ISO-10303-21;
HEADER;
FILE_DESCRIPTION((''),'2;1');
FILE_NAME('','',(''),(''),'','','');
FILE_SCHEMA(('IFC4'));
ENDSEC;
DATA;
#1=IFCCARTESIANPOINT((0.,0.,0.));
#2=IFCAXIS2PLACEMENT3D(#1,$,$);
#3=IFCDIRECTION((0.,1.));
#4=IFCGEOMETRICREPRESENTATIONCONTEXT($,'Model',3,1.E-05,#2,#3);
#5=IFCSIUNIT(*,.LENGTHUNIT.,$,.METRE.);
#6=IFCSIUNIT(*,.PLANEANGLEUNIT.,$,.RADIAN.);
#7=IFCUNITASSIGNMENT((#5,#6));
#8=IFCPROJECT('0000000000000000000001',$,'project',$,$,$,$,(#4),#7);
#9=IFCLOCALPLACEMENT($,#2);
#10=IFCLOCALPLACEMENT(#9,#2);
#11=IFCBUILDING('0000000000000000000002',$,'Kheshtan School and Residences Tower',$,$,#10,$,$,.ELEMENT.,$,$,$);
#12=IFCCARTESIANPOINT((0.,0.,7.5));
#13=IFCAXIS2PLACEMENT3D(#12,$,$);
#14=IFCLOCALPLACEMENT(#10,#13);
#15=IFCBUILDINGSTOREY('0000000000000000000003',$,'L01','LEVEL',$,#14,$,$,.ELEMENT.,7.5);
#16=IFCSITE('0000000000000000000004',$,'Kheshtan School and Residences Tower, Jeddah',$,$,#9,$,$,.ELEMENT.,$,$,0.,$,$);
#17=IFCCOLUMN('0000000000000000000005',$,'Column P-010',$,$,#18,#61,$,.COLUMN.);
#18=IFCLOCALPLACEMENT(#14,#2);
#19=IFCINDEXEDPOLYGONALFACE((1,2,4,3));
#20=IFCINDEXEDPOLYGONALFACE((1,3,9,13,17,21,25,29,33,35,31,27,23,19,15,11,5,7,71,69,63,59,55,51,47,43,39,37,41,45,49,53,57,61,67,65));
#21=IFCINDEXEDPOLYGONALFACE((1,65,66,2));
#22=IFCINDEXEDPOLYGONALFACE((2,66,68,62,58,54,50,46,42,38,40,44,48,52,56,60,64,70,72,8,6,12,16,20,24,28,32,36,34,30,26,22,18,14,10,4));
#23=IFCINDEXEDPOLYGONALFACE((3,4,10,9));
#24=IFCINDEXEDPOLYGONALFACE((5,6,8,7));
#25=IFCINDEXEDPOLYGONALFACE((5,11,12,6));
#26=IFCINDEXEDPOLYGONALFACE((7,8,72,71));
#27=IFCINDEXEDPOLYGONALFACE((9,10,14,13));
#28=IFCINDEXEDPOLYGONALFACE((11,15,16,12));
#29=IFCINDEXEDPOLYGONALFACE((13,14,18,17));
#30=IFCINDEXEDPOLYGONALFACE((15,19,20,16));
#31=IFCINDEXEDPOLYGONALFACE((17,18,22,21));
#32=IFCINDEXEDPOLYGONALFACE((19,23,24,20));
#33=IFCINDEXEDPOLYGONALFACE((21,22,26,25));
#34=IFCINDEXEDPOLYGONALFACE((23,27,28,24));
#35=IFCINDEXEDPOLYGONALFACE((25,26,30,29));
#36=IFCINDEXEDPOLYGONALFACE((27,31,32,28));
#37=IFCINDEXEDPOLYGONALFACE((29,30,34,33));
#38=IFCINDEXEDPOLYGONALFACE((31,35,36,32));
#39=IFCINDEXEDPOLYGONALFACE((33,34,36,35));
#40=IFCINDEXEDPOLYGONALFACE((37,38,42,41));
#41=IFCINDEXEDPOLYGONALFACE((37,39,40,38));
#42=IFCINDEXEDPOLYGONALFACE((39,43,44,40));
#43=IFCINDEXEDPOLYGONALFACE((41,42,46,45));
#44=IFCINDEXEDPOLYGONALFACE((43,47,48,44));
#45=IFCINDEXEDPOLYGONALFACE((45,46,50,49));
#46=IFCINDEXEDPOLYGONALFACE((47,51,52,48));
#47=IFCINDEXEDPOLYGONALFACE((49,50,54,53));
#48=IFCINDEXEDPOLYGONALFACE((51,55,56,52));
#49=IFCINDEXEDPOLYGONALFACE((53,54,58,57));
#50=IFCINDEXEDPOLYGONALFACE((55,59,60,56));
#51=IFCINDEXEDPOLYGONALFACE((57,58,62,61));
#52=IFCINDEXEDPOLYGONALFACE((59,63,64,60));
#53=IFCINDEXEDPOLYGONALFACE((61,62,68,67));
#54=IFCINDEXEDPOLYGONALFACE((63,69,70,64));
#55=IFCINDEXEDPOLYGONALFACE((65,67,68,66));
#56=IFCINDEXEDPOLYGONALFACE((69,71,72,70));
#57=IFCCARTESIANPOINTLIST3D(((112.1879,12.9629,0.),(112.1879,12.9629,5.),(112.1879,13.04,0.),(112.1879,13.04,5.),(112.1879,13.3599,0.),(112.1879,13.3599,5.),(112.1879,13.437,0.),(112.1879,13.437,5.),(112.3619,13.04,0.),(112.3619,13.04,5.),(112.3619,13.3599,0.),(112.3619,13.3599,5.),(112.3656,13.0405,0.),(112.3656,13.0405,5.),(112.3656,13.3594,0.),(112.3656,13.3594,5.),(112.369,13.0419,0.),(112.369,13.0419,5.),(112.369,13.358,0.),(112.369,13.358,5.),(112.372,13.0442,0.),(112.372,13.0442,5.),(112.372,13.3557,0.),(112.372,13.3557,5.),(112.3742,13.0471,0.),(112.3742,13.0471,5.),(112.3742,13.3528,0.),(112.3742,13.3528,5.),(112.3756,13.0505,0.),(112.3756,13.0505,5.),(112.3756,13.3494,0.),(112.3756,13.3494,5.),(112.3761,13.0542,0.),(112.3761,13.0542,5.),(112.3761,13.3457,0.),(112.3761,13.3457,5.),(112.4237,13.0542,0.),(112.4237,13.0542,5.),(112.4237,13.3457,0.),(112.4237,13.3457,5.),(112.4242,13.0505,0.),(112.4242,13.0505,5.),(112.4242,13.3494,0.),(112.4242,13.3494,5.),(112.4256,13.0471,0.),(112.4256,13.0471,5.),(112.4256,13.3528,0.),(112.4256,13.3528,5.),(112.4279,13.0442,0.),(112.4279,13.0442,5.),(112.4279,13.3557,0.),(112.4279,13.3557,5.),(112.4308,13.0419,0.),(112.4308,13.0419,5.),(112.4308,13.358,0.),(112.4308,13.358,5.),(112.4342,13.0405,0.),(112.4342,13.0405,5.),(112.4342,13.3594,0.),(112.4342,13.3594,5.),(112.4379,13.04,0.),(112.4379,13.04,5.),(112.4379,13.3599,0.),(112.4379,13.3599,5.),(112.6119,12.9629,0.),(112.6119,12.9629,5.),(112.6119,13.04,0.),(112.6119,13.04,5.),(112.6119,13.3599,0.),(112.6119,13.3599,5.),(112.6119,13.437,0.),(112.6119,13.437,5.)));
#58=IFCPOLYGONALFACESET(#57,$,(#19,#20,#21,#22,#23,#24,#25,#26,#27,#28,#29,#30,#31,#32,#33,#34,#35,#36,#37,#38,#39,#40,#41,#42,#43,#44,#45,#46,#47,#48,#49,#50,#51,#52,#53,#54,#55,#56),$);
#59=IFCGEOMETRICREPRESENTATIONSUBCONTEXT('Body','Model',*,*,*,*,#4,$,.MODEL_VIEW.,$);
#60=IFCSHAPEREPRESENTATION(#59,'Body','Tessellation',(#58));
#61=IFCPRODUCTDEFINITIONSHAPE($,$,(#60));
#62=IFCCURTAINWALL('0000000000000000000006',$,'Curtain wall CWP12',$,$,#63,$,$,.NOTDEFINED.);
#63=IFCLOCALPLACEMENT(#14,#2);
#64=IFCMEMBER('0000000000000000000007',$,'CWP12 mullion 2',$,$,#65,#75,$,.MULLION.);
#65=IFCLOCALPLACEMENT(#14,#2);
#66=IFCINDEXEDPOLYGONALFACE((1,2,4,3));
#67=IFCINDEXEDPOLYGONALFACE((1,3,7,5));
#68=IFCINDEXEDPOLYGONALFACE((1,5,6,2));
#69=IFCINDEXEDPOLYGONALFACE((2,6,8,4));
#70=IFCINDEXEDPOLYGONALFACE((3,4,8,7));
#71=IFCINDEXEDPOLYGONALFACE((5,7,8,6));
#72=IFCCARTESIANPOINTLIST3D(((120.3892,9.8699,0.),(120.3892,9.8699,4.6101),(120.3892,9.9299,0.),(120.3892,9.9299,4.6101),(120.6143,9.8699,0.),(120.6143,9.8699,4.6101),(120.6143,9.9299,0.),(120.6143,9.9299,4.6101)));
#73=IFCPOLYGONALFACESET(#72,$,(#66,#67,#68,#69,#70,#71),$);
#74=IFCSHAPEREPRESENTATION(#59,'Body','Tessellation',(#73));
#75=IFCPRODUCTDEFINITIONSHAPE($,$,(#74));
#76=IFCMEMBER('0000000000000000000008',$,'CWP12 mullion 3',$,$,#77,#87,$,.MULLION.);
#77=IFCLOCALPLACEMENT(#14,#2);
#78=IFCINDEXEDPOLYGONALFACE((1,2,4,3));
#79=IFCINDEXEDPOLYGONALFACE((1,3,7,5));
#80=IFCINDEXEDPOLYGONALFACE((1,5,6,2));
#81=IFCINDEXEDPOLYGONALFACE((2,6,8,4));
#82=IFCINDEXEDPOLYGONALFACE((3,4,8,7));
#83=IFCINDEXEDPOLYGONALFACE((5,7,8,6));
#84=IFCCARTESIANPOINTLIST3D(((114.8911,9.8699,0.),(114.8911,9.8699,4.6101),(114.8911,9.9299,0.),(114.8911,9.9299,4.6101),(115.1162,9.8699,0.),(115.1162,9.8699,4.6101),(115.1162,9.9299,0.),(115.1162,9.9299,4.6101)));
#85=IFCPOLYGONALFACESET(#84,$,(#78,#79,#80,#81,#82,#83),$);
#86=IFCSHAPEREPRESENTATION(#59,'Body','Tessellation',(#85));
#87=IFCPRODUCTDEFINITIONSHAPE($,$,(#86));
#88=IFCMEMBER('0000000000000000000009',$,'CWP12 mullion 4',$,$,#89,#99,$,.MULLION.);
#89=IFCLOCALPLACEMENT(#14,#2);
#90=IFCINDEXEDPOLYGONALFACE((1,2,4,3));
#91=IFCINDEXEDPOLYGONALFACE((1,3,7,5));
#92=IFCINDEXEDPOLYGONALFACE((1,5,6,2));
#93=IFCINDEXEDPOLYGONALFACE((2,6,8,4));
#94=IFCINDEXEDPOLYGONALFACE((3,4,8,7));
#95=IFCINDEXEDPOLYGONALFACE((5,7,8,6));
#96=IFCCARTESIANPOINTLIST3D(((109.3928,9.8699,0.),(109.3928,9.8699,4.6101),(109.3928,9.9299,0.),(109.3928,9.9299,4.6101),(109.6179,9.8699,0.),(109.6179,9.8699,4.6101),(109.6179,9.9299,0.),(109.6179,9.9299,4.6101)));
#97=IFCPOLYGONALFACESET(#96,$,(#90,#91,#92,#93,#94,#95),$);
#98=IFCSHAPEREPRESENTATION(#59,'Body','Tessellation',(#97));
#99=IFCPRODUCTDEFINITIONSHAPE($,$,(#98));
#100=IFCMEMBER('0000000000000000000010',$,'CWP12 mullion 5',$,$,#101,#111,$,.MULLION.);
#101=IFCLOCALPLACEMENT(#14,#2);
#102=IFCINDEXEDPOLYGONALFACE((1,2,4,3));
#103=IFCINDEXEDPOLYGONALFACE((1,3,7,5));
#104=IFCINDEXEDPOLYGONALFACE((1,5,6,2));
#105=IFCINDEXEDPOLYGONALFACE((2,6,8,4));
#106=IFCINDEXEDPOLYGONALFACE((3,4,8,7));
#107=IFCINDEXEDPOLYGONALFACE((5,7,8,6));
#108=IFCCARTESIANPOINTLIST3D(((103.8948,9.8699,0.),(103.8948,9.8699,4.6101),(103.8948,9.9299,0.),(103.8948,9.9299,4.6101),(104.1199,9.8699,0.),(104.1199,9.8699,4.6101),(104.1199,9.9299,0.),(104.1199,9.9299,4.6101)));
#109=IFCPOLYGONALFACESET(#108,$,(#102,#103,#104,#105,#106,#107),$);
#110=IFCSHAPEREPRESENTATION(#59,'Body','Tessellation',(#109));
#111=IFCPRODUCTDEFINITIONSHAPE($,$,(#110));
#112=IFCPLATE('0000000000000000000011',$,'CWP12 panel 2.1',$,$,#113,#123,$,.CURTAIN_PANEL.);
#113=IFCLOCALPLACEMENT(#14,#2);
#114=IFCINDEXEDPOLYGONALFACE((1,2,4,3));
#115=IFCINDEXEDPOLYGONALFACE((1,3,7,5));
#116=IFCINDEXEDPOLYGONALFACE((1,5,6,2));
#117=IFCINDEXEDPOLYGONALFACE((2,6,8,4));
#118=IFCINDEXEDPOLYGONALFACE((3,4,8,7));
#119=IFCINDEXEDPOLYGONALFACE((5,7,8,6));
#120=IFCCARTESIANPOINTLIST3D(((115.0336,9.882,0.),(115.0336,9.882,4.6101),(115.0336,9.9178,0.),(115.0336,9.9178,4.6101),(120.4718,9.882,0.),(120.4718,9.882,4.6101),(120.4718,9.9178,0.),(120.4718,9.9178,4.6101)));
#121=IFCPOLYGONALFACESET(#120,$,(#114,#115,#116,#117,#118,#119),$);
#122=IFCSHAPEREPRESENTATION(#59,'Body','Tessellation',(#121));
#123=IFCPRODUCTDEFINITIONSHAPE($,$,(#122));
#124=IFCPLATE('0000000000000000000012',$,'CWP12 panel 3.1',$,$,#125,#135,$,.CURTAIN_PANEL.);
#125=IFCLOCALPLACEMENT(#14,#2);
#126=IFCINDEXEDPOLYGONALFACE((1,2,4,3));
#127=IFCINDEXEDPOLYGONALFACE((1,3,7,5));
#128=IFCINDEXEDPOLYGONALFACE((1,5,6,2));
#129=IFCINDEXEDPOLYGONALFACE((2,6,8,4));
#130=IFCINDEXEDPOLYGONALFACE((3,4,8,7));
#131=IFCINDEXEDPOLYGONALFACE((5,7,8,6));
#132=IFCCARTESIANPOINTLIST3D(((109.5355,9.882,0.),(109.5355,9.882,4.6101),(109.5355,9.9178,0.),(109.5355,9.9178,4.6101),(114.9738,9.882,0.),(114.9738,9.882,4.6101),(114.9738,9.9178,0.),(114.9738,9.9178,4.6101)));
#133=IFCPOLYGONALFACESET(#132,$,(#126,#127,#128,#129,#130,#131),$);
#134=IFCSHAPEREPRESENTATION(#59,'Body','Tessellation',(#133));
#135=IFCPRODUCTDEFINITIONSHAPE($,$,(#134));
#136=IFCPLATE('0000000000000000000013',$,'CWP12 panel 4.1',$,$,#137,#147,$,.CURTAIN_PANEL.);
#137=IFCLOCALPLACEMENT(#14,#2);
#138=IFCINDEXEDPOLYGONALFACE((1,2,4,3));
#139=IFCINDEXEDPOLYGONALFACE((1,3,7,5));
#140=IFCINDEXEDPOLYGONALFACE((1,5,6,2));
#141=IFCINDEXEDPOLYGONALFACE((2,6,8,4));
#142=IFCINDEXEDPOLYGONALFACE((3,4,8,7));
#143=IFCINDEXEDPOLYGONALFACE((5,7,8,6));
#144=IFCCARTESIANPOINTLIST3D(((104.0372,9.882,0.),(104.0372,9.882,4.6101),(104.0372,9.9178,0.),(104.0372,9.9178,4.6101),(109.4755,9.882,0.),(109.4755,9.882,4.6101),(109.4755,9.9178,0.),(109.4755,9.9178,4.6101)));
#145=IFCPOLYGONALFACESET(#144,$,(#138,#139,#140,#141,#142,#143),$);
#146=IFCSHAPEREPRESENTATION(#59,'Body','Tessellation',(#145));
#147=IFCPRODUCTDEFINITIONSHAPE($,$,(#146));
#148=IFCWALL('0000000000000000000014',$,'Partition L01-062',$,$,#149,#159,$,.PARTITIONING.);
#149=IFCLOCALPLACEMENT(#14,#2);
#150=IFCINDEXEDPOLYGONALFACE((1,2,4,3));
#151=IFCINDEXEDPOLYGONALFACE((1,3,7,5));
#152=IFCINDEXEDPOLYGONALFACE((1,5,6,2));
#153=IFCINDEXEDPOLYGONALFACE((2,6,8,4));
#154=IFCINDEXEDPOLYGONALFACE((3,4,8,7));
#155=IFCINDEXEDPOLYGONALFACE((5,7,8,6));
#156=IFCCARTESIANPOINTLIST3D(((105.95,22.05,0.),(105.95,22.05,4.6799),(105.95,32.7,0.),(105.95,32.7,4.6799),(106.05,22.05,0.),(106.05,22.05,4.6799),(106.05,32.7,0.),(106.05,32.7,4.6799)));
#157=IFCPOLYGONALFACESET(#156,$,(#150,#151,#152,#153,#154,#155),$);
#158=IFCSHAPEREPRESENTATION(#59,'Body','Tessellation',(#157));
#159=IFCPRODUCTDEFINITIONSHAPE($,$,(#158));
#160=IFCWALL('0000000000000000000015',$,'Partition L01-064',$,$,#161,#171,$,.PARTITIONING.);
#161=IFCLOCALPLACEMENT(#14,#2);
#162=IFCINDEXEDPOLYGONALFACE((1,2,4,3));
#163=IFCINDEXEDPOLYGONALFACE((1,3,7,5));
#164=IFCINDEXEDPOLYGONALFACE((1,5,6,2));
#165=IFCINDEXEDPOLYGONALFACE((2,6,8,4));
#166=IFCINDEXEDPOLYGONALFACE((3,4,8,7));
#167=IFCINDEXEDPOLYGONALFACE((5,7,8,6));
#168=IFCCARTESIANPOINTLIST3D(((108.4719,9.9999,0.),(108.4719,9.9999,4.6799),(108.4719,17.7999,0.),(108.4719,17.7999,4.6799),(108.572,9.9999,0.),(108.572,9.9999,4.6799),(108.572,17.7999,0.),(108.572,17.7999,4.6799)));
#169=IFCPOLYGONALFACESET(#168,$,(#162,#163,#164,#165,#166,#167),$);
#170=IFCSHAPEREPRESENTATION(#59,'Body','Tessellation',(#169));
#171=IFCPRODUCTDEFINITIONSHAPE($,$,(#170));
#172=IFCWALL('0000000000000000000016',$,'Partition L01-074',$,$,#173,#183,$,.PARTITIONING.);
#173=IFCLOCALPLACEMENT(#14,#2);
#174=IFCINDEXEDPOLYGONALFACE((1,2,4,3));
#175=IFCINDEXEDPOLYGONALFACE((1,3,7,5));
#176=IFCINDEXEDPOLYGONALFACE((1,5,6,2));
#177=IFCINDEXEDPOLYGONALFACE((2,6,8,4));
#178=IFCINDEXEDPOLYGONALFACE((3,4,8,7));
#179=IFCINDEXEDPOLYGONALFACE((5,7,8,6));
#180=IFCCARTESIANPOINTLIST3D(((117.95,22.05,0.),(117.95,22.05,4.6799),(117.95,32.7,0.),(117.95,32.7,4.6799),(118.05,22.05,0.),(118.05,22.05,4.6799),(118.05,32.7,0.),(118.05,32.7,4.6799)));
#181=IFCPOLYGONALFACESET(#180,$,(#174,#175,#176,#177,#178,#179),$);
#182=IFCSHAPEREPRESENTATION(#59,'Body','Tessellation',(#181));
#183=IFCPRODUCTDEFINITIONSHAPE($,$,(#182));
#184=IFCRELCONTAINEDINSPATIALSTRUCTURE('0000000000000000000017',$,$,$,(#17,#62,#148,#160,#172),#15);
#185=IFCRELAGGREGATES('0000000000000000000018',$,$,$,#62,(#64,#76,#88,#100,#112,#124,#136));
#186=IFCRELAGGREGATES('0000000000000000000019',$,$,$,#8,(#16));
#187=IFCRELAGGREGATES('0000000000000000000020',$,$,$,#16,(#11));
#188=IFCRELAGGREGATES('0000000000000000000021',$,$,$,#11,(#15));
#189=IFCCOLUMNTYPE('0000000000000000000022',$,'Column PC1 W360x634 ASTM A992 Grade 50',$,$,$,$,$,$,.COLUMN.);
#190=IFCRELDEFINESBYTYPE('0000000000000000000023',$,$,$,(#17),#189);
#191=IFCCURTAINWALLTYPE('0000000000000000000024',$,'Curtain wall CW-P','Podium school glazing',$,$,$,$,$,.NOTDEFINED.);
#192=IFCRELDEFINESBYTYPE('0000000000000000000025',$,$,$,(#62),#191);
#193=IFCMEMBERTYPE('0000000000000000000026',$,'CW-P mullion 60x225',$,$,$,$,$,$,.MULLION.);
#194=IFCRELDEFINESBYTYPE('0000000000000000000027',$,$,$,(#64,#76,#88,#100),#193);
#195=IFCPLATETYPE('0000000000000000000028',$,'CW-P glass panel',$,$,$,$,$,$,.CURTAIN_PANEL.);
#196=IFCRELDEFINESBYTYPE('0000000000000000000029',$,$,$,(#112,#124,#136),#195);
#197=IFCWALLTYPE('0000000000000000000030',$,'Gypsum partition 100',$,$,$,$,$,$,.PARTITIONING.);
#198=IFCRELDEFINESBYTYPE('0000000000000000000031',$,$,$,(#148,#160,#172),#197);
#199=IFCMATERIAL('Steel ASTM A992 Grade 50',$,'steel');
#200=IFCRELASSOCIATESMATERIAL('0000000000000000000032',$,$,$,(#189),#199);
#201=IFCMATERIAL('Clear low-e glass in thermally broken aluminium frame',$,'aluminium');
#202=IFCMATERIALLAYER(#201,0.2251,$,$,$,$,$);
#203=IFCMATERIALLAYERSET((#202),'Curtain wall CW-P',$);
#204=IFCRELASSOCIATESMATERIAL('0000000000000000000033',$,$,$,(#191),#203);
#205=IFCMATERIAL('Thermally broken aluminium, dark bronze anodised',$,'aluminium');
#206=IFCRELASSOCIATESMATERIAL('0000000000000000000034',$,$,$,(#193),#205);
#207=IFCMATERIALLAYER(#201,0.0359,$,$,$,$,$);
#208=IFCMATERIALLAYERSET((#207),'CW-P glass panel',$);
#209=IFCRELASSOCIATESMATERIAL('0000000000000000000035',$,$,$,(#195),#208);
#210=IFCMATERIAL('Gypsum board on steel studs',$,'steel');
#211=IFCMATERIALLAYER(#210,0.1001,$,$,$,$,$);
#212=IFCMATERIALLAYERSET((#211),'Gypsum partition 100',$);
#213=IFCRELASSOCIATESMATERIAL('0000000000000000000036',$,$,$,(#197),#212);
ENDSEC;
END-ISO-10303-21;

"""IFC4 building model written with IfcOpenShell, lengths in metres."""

from ifc_helpers import new_model, si_unit, direction, frame, frame_2d, origin, origin_2d, place, context, subcontext, project, spatial, rectangle, i_section, extrude, material, layer, layer_set, material_profile, profile_set, type_object, element, aggregate, save


model = new_model("IFC4")

# Units and contexts
model_context = context("Model", 3, precision=1e-05, world=origin(), true_north=direction((0.0, 1.0)))
body_context = subcontext(model_context, "Body", "Model", "MODEL_VIEW")
ifc_project = project(units=[si_unit("LENGTHUNIT", "METRE"), si_unit("PLANEANGLEUNIT", "RADIAN")], contexts=[model_context])

# Site, building, storey
site_placement = place(None, origin())
site = spatial("IfcSite", under=ifc_project, at=site_placement, Name="Kheshtan School and Residences Tower, Jeddah", CompositionType="ELEMENT", RefElevation=0.0)
building_placement = place(site_placement, origin())
building = spatial("IfcBuilding", under=site, at=building_placement, Name="Kheshtan School and Residences Tower", CompositionType="ELEMENT")
storey_placement = place(building_placement, frame((0.0, 0.0, 7.5)))
storey = spatial("IfcBuildingStorey", under=building, at=storey_placement, Name="L01", Description="LEVEL", CompositionType="ELEMENT", Elevation=7.5)

# Column
ifc_material_1 = material(Name="Steel ASTM A992 Grade 50", Category="steel")
ifc_material_profile_1 = material_profile(ifc_material_1, i_section(OverallWidth=0.4241, OverallDepth=0.4741, WebThickness=0.0476, FlangeThickness=0.0771, FilletRadius=0.0142, at=origin_2d()), Name="W360x634")
ifc_profile_set_1 = profile_set([ifc_material_profile_1], Name="Steel ASTM A992 Grade 50")
column_type = type_object("IfcColumnType", Name="Column PC1 W360x634 ASTM A992 Grade 50", PredefinedType="COLUMN", material=ifc_profile_set_1)
column_placement = place(storey_placement, frame((112.3999, 13.2, 0.0), z_axis=(0.0, 0.0, 1.0), x_axis=(1.0, 0.0, 0.0)))
element("IfcColumn", 1, at=column_placement, inside=storey, type_object=column_type, Name="Column P-010", PredefinedType="COLUMN", context=body_context, shape_type="SweptSolid", body=[
    extrude(i_section(OverallWidth=0.4241, OverallDepth=0.4741, WebThickness=0.0476, FlangeThickness=0.0771, FilletRadius=0.0142, at=origin_2d()), origin(), (0.0, 0.0, 1.0), 5.0),
])

# Curtain wall, members, plates
ifc_material_2 = material(Name="Clear low-e glass in thermally broken aluminium frame", Category="aluminium")
ifc_layer_1 = layer(ifc_material_2, 0.2251)
ifc_layer_set_1 = layer_set([ifc_layer_1], Name="Curtain wall CW-P")
curtain_wall_type = type_object("IfcCurtainWallType", Name="Curtain wall CW-P", Description="Podium school glazing", PredefinedType="NOTDEFINED", material=ifc_layer_set_1)
curtain_wall_placement = place(storey_placement, origin())
curtain_wall = element("IfcCurtainWall", 2, at=curtain_wall_placement, inside=storey, type_object=curtain_wall_type, Name="Curtain wall CWP12", PredefinedType="NOTDEFINED")
ifc_material_3 = material(Name="Thermally broken aluminium, dark bronze anodised", Category="aluminium")
ifc_material_profile_2 = material_profile(ifc_material_3, rectangle(XDim=0.0601, YDim=0.2251, at=origin_2d()), Name="CW-P mullion 60x225")
ifc_profile_set_2 = profile_set([ifc_material_profile_2], Name="Thermally broken aluminium, dark bronze anodised")
member_type = type_object("IfcMemberType", Name="CW-P mullion 60x225", PredefinedType="MULLION", material=ifc_profile_set_2)
member_1_placement = place(storey_placement, frame((120.5017, 9.8999, 0.0), z_axis=(0.0, 0.0, 1.0), x_axis=(0.0, -1.0, 0.0)))
member_1 = element("IfcMember", 3, at=member_1_placement, type_object=member_type, Name="CWP12 mullion 2", PredefinedType="MULLION", context=body_context, shape_type="SweptSolid", body=[
    extrude(rectangle(XDim=0.0601, YDim=0.2251, at=origin_2d()), origin(), (0.0, 0.0, 1.0), 4.6101),
])
member_2_placement = place(storey_placement, frame((115.0037, 9.8999, 0.0), z_axis=(0.0, 0.0, 1.0), x_axis=(0.0, -1.0, 0.0)))
member_2 = element("IfcMember", 4, at=member_2_placement, type_object=member_type, Name="CWP12 mullion 3", PredefinedType="MULLION", context=body_context, shape_type="SweptSolid", body=[
    extrude(rectangle(XDim=0.0601, YDim=0.2251, at=origin_2d()), origin(), (0.0, 0.0, 1.0), 4.6101),
])
member_3_placement = place(storey_placement, frame((109.5054, 9.8999, 0.0), z_axis=(0.0, 0.0, 1.0), x_axis=(0.0, -1.0, 0.0)))
member_3 = element("IfcMember", 5, at=member_3_placement, type_object=member_type, Name="CWP12 mullion 4", PredefinedType="MULLION", context=body_context, shape_type="SweptSolid", body=[
    extrude(rectangle(XDim=0.0601, YDim=0.2251, at=origin_2d()), origin(), (0.0, 0.0, 1.0), 4.6101),
])
member_4_placement = place(storey_placement, frame((104.0073, 9.8999, 0.0), z_axis=(0.0, 0.0, 1.0), x_axis=(0.0, -1.0, 0.0)))
member_4 = element("IfcMember", 6, at=member_4_placement, type_object=member_type, Name="CWP12 mullion 5", PredefinedType="MULLION", context=body_context, shape_type="SweptSolid", body=[
    extrude(rectangle(XDim=0.0601, YDim=0.2251, at=origin_2d()), origin(), (0.0, 0.0, 1.0), 4.6101),
])
ifc_layer_2 = layer(ifc_material_2, 0.0359)
ifc_layer_set_2 = layer_set([ifc_layer_2], Name="CW-P glass panel")
plate_type = type_object("IfcPlateType", Name="CW-P glass panel", PredefinedType="CURTAIN_PANEL", material=ifc_layer_set_2)
plate_1_placement = place(storey_placement, frame((117.7527, 9.8999, 0.0), z_axis=(0.0, 0.0, 1.0), x_axis=(-1.0, 0.0, 0.0)))
plate_1 = element("IfcPlate", 7, at=plate_1_placement, type_object=plate_type, Name="CWP12 panel 2.1", PredefinedType="CURTAIN_PANEL", context=body_context, shape_type="SweptSolid", body=[
    extrude(rectangle(XDim=5.4382, YDim=0.0359, at=origin_2d()), origin(), (0.0, 0.0, 1.0), 4.6101),
])
plate_2_placement = place(storey_placement, frame((112.2546, 9.8999, 0.0), z_axis=(0.0, 0.0, 1.0), x_axis=(-1.0, 0.0, 0.0)))
plate_2 = element("IfcPlate", 8, at=plate_2_placement, type_object=plate_type, Name="CWP12 panel 3.1", PredefinedType="CURTAIN_PANEL", context=body_context, shape_type="SweptSolid", body=[
    extrude(rectangle(XDim=5.4382, YDim=0.0359, at=origin_2d()), origin(), (0.0, 0.0, 1.0), 4.6101),
])
plate_3_placement = place(storey_placement, frame((106.7563, 9.8999, 0.0), z_axis=(0.0, 0.0, 1.0), x_axis=(-1.0, 0.0, 0.0)))
plate_3 = element("IfcPlate", 9, at=plate_3_placement, type_object=plate_type, Name="CWP12 panel 4.1", PredefinedType="CURTAIN_PANEL", context=body_context, shape_type="SweptSolid", body=[
    extrude(rectangle(XDim=5.4382, YDim=0.0359, at=origin_2d()), origin(), (0.0, 0.0, 1.0), 4.6101),
])
aggregate(curtain_wall, [member_1, member_2, member_3, member_4, plate_1, plate_2, plate_3])

# Walls
ifc_material_4 = material(Name="Gypsum board on steel studs", Category="steel")
ifc_layer_3 = layer(ifc_material_4, 0.1001)
ifc_layer_set_3 = layer_set([ifc_layer_3], Name="Gypsum partition 100")
wall_type_1 = type_object("IfcWallType", Name="Gypsum partition 100", PredefinedType="PARTITIONING", material=ifc_layer_set_3)
wall_1_placement = place(storey_placement, frame((106.0, 22.05, 0.0), z_axis=(0.0, 0.0, 1.0), x_axis=(0.0, 1.0, 0.0)))
element("IfcWall", 10, at=wall_1_placement, inside=storey, type_object=wall_type_1, Name="Partition L01-062", PredefinedType="PARTITIONING", context=body_context, shape_type="SweptSolid", body=[
    extrude(rectangle(XDim=10.6499, YDim=0.1001, at=frame_2d((5.325, 0.0))), origin(), (0.0, 0.0, 1.0), 4.6799),
])
wall_2_placement = place(storey_placement, frame((108.522, 10.0, 0.0), z_axis=(0.0, 0.0, 1.0), x_axis=(0.0, 1.0, 0.0)))
element("IfcWall", 11, at=wall_2_placement, inside=storey, type_object=wall_type_1, Name="Partition L01-064", PredefinedType="PARTITIONING", context=body_context, shape_type="SweptSolid", body=[
    extrude(rectangle(XDim=7.8, YDim=0.1001, at=frame_2d((3.8999, 0.0))), origin(), (0.0, 0.0, 1.0), 4.6799),
])
wall_3_placement = place(storey_placement, frame((118.0, 22.05, 0.0), z_axis=(0.0, 0.0, 1.0), x_axis=(0.0, 1.0, 0.0)))
element("IfcWall", 12, at=wall_3_placement, inside=storey, type_object=wall_type_1, Name="Partition L01-074", PredefinedType="PARTITIONING", context=body_context, shape_type="SweptSolid", body=[
    extrude(rectangle(XDim=10.6499, YDim=0.1001, at=frame_2d((5.325, 0.0))), origin(), (0.0, 0.0, 1.0), 4.6799),
])

save(model, "model.ifc")
